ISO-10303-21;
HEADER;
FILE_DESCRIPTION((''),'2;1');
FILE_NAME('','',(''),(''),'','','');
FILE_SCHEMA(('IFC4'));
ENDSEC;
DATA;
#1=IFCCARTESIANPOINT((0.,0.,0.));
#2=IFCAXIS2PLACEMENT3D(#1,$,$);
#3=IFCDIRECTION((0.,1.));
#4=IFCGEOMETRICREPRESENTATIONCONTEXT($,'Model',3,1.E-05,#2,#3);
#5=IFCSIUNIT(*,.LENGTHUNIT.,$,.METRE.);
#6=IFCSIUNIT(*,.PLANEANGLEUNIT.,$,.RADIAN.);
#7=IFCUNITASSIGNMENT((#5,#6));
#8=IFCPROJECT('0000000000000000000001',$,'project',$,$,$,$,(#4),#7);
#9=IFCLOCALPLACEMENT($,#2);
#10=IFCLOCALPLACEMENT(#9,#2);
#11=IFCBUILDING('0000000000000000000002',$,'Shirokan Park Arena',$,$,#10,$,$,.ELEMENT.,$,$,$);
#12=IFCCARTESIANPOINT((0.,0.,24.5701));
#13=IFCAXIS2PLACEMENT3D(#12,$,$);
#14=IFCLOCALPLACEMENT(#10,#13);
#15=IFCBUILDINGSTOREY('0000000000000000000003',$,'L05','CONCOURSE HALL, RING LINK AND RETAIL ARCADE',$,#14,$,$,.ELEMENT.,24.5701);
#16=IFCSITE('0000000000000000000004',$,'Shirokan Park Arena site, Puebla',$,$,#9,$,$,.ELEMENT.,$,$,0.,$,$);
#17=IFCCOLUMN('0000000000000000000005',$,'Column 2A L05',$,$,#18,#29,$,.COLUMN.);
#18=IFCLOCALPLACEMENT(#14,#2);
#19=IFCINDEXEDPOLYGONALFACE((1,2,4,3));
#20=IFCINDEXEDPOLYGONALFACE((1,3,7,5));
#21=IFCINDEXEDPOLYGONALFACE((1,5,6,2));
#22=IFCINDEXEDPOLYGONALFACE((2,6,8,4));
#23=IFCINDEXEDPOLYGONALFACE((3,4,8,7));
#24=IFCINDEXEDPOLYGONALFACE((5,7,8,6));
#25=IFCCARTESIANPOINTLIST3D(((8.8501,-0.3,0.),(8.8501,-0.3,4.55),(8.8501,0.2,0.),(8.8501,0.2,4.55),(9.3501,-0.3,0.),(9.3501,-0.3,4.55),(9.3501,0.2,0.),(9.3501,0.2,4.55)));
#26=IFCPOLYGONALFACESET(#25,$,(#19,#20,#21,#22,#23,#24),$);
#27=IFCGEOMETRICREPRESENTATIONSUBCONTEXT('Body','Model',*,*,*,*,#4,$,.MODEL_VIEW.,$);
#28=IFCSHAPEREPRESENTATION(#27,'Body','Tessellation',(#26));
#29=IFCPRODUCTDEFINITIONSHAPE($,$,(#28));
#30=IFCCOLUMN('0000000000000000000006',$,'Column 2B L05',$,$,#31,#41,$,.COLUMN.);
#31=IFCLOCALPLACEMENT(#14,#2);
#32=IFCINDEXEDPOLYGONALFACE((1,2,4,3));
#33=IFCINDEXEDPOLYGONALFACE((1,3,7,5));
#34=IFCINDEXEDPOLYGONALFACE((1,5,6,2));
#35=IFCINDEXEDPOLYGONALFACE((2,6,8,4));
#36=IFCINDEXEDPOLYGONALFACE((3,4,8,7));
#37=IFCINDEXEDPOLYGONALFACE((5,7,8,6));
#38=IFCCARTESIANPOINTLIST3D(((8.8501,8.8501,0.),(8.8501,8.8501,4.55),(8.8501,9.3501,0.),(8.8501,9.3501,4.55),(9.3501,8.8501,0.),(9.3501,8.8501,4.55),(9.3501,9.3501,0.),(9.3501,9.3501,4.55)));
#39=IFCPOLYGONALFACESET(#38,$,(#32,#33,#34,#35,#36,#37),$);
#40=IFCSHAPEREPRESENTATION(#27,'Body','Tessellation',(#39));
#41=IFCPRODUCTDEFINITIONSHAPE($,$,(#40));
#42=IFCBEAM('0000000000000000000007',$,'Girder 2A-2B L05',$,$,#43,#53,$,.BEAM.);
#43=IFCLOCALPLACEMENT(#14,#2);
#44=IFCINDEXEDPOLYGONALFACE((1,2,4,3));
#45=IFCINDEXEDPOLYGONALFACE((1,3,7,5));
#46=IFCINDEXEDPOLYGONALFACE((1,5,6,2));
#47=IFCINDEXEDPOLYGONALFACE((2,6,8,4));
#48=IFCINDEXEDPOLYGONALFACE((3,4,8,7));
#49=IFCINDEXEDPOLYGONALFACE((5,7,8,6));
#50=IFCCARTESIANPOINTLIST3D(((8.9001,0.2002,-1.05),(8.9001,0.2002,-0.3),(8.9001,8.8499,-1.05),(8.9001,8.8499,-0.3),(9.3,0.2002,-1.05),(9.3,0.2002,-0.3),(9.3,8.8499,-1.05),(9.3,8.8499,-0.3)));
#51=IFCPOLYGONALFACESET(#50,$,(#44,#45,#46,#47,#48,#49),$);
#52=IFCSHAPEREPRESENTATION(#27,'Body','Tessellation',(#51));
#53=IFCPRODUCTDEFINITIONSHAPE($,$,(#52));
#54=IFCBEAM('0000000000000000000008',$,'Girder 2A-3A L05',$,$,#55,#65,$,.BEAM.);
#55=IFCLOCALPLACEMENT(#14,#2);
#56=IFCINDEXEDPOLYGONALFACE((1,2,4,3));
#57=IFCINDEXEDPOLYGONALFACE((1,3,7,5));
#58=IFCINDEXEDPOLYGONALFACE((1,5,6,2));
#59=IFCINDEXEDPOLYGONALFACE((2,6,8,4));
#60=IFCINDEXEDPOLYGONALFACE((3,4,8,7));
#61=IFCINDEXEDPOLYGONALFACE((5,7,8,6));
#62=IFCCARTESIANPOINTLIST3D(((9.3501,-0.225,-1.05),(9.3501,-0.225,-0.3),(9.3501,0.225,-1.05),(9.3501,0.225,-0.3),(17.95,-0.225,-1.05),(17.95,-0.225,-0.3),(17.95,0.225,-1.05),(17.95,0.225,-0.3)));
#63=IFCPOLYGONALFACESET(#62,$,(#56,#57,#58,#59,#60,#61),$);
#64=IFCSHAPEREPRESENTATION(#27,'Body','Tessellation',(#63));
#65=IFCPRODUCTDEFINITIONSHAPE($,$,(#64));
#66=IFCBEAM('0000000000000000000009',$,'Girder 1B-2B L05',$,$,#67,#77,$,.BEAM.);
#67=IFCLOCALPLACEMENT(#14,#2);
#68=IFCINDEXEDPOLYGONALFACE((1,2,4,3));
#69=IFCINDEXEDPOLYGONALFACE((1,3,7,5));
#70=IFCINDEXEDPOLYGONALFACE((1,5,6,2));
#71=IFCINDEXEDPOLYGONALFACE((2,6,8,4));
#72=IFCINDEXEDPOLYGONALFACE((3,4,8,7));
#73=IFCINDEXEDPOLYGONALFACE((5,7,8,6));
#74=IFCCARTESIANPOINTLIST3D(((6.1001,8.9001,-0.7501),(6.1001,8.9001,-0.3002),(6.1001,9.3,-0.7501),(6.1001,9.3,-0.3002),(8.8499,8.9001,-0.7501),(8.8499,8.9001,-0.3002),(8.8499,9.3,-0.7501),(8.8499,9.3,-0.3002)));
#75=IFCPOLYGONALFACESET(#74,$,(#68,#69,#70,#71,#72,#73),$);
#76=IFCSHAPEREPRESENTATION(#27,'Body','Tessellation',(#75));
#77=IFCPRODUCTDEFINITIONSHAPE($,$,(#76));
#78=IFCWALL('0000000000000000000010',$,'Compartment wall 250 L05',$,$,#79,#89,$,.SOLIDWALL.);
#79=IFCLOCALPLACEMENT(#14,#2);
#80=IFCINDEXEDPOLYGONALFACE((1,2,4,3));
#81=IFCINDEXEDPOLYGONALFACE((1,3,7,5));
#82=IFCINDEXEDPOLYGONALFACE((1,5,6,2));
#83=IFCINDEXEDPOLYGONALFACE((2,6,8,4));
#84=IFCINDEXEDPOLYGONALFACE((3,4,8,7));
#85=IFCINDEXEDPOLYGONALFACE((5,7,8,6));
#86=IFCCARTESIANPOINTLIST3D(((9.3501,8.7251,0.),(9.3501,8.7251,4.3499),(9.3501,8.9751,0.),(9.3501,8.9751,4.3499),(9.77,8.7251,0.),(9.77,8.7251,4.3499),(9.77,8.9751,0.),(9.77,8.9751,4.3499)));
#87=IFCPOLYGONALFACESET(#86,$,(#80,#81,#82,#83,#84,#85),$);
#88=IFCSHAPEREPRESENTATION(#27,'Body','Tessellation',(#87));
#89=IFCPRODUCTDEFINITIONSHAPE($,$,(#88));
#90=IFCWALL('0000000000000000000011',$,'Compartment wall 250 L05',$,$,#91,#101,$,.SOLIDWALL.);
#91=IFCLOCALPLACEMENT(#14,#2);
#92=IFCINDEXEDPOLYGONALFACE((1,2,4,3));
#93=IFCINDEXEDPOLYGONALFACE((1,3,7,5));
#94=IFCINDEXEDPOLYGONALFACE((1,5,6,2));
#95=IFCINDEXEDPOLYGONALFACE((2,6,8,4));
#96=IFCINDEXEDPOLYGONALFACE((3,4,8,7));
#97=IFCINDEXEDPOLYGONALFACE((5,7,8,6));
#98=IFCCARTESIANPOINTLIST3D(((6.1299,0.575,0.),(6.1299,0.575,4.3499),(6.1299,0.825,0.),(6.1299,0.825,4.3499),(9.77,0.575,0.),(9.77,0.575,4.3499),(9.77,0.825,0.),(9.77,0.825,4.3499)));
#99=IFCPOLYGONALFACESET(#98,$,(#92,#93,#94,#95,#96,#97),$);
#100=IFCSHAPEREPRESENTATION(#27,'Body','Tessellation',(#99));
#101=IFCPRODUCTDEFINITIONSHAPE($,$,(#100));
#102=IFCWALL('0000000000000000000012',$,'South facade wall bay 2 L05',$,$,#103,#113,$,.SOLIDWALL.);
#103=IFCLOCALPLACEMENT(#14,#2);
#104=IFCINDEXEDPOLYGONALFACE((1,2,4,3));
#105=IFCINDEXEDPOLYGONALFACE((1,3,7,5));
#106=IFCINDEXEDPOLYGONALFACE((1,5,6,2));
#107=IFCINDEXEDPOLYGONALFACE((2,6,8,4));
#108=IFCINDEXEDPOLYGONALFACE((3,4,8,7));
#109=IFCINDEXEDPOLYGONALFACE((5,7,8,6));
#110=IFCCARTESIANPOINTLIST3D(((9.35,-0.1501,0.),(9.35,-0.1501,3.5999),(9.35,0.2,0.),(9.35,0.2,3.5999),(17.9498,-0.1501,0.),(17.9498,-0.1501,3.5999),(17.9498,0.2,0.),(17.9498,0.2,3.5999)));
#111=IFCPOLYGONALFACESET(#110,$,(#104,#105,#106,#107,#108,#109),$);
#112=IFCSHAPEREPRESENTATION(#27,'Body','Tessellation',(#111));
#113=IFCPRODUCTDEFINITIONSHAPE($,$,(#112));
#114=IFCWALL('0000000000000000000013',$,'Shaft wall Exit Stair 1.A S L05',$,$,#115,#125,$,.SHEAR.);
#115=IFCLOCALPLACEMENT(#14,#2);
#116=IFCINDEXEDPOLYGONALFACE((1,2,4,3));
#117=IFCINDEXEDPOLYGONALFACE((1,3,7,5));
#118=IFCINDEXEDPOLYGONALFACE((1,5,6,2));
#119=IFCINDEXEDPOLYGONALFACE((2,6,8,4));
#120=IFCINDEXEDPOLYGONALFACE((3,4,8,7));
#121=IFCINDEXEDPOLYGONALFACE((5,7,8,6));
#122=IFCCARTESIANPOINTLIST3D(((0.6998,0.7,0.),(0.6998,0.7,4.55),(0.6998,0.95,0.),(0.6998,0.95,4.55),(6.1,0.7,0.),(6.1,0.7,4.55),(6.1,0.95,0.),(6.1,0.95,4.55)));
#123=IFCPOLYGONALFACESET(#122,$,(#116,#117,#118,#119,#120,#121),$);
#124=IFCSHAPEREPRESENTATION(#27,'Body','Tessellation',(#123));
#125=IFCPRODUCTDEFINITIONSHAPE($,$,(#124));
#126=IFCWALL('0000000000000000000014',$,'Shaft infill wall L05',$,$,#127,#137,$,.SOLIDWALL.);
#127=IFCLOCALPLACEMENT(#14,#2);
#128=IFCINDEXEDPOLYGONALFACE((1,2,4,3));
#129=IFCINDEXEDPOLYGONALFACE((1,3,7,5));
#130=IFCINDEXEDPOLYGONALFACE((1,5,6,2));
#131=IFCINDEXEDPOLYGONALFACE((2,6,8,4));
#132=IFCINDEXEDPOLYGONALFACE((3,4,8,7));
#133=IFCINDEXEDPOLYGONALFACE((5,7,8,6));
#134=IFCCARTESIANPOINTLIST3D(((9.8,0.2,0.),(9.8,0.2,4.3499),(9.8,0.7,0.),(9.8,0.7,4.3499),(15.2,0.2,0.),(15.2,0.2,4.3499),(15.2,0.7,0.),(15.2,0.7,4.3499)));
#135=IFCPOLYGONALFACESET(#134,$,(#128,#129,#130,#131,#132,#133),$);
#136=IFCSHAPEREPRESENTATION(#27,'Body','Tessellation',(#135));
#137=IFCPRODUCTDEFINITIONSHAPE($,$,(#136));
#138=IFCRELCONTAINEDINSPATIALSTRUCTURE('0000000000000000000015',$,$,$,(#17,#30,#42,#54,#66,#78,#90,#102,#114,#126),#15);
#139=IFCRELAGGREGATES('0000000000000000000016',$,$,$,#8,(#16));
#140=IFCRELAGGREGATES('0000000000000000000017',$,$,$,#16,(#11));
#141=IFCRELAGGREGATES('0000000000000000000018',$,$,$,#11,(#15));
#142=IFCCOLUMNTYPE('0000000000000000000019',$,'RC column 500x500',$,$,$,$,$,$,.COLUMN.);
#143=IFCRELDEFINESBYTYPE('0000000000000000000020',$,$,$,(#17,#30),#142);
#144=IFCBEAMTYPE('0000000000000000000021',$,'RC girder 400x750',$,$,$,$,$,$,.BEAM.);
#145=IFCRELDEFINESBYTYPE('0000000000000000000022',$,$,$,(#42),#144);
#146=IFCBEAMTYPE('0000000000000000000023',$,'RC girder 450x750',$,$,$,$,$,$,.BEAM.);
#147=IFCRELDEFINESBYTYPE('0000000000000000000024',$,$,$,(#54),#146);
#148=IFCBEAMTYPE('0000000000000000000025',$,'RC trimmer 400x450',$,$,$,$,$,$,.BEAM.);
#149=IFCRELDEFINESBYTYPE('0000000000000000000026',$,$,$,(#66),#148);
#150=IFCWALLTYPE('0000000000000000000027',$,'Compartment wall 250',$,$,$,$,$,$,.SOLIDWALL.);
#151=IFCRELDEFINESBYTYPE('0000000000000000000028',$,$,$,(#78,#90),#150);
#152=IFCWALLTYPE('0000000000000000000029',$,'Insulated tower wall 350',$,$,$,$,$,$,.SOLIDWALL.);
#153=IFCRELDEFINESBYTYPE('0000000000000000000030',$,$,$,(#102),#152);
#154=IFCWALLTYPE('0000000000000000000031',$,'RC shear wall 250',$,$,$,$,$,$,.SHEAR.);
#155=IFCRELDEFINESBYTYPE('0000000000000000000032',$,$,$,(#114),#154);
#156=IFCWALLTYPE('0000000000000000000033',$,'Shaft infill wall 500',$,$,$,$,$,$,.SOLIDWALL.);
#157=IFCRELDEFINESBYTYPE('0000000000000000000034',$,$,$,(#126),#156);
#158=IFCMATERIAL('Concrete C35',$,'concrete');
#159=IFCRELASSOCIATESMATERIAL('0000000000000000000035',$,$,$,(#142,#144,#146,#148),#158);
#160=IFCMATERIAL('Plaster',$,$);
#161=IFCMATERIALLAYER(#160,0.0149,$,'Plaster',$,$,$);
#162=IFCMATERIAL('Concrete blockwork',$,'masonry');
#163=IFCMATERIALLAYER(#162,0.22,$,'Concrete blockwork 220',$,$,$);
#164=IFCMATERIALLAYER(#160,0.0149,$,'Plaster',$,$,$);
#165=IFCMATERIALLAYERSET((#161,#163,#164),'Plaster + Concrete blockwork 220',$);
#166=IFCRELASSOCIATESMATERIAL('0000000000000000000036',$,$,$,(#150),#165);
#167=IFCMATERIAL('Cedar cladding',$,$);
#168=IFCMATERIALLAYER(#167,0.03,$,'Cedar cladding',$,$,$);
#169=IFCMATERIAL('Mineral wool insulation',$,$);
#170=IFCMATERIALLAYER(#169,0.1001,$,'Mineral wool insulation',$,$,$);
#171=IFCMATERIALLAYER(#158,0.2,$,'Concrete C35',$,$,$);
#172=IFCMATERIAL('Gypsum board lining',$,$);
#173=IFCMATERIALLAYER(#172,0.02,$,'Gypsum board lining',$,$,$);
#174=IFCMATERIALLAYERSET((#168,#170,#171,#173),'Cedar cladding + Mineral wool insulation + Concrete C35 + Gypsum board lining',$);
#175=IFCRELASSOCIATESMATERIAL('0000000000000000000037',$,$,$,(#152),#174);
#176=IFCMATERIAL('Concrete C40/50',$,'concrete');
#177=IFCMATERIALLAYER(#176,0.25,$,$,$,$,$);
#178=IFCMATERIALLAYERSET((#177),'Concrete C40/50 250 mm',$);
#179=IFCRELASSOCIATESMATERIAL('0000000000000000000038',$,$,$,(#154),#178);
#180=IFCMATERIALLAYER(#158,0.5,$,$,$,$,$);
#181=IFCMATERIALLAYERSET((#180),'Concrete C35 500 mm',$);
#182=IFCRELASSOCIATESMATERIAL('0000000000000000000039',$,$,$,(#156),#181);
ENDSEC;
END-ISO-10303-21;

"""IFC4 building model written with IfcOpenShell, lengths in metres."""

from ifc_helpers import new_model, si_unit, direction, frame, frame_2d, origin, origin_2d, place, context, subcontext, project, spatial, rectangle, extrude, material, layer, layer_set, material_profile, profile_set, type_object, element, save


model = new_model("IFC4")

# Units and contexts
model_context = context("Model", 3, precision=1e-05, world=origin(), true_north=direction((0.0, 1.0)))
body_context = subcontext(model_context, "Body", "Model", "MODEL_VIEW")
ifc_project = project(units=[si_unit("LENGTHUNIT", "METRE"), si_unit("PLANEANGLEUNIT", "RADIAN")], contexts=[model_context])

# Site, building, storey
site_placement = place(None, origin())
site = spatial("IfcSite", under=ifc_project, at=site_placement, Name="Shirokan Park Arena site, Puebla", CompositionType="ELEMENT", RefElevation=0.0)
building_placement = place(site_placement, origin())
building = spatial("IfcBuilding", under=site, at=building_placement, Name="Shirokan Park Arena", CompositionType="ELEMENT")
storey_placement = place(building_placement, frame((0.0, 0.0, 24.5701)))
storey = spatial("IfcBuildingStorey", under=building, at=storey_placement, Name="L05", Description="CONCOURSE HALL, RING LINK AND RETAIL ARCADE", CompositionType="ELEMENT", Elevation=24.5701)

# Columns
ifc_material_1 = material(Name="Concrete C35", Category="concrete")
ifc_material_profile_1 = material_profile(ifc_material_1, rectangle(XDim=0.5, YDim=0.5, at=origin_2d()), Name="500x500")
ifc_profile_set_1 = profile_set([ifc_material_profile_1], Name="Concrete C35")
column_type = type_object("IfcColumnType", Name="RC column 500x500", PredefinedType="COLUMN", material=ifc_profile_set_1)
for number, where, z_axis, x_axis, name in (
    (1, (9.1001, -0.05, 0.0), (0.0, 0.0, 1.0), (1.0, 0.0, 0.0), "Column 2A L05"),
    (2, (9.1001, 9.1001, 0.0), (0.0, 0.0, 1.0), (1.0, 0.0, 0.0), "Column 2B L05"),
):
    element("IfcColumn", number, at=place(storey_placement, frame(where, z_axis=z_axis, x_axis=x_axis)), inside=storey, type_object=column_type, Name=name, PredefinedType="COLUMN", context=body_context, shape_type="SweptSolid", body=[
        extrude(rectangle(XDim=0.5, YDim=0.5, at=origin_2d()), origin(), (0.0, 0.0, 1.0), 4.55),
    ])

# Beams
ifc_material_profile_2 = material_profile(ifc_material_1, rectangle(XDim=0.3999, YDim=0.75, at=origin_2d()), Name="400x750")
ifc_profile_set_2 = profile_set([ifc_material_profile_2], Name="Concrete C35")
beam_type_1 = type_object("IfcBeamType", Name="RC girder 400x750", PredefinedType="BEAM", material=ifc_profile_set_2)
beam_1_placement = place(storey_placement, frame((9.1001, 0.2002, -0.675), z_axis=(0.0, 1.0, 0.0), x_axis=(-1.0, 0.0, 0.0)))
element("IfcBeam", 3, at=beam_1_placement, inside=storey, type_object=beam_type_1, Name="Girder 2A-2B L05", PredefinedType="BEAM", context=body_context, shape_type="SweptSolid", body=[
    extrude(rectangle(XDim=0.3999, YDim=0.75, at=origin_2d()), origin(), (0.0, 0.0, 1.0), 8.6497),
])
ifc_material_profile_3 = material_profile(ifc_material_1, rectangle(XDim=0.45, YDim=0.75, at=origin_2d()), Name="450x750")
ifc_profile_set_3 = profile_set([ifc_material_profile_3], Name="Concrete C35")
beam_type_2 = type_object("IfcBeamType", Name="RC girder 450x750", PredefinedType="BEAM", material=ifc_profile_set_3)
beam_2_placement = place(storey_placement, frame((9.3501, 0.0, -0.675), z_axis=(1.0, 0.0, 0.0), x_axis=(0.0, 1.0, 0.0)))
element("IfcBeam", 4, at=beam_2_placement, inside=storey, type_object=beam_type_2, Name="Girder 2A-3A L05", PredefinedType="BEAM", context=body_context, shape_type="SweptSolid", body=[
    extrude(rectangle(XDim=0.45, YDim=0.75, at=origin_2d()), origin(), (0.0, 0.0, 1.0), 8.5999),
])
ifc_material_profile_4 = material_profile(ifc_material_1, rectangle(XDim=0.3999, YDim=0.45, at=origin_2d()), Name="400x450")
ifc_profile_set_4 = profile_set([ifc_material_profile_4], Name="Concrete C35")
beam_type_3 = type_object("IfcBeamType", Name="RC trimmer 400x450", PredefinedType="BEAM", material=ifc_profile_set_4)
beam_3_placement = place(storey_placement, frame((6.1001, 9.1001, -0.5251), z_axis=(1.0, 0.0, 0.0), x_axis=(0.0, 1.0, 0.0)))
element("IfcBeam", 5, at=beam_3_placement, inside=storey, type_object=beam_type_3, Name="Girder 1B-2B L05", PredefinedType="BEAM", context=body_context, shape_type="SweptSolid", body=[
    extrude(rectangle(XDim=0.3999, YDim=0.45, at=origin_2d()), origin(), (0.0, 0.0, 1.0), 2.7498),
])

# Walls
ifc_material_2 = material(Name="Plaster")
ifc_layer_1 = layer(ifc_material_2, 0.0149, Name="Plaster")
ifc_material_3 = material(Name="Concrete blockwork", Category="masonry")
ifc_layer_2 = layer(ifc_material_3, 0.22, Name="Concrete blockwork 220")
ifc_layer_3 = layer(ifc_material_2, 0.0149, Name="Plaster")
ifc_layer_set_1 = layer_set([ifc_layer_1, ifc_layer_2, ifc_layer_3], Name="Plaster + Concrete blockwork 220")
wall_type_1 = type_object("IfcWallType", Name="Compartment wall 250", PredefinedType="SOLIDWALL", material=ifc_layer_set_1)
wall_1_placement = place(storey_placement, frame((9.3501, 8.8501, 0.0), z_axis=(0.0, 0.0, 1.0), x_axis=(1.0, 0.0, 0.0)))
element("IfcWall", 6, at=wall_1_placement, inside=storey, type_object=wall_type_1, Name="Compartment wall 250 L05", PredefinedType="SOLIDWALL", context=body_context, shape_type="SweptSolid", body=[
    extrude(rectangle(XDim=0.4199, YDim=0.25, at=frame_2d((0.21, 0.0))), origin(), (0.0, 0.0, 1.0), 4.3499),
])
wall_2_placement = place(storey_placement, frame((9.77, 0.7, 0.0), z_axis=(0.0, 0.0, 1.0), x_axis=(-1.0, 0.0, 0.0)))
element("IfcWall", 7, at=wall_2_placement, inside=storey, type_object=wall_type_1, Name="Compartment wall 250 L05", PredefinedType="SOLIDWALL", context=body_context, shape_type="SweptSolid", body=[
    extrude(rectangle(XDim=3.6401, YDim=0.25, at=frame_2d((1.8201, 0.0))), origin(), (0.0, 0.0, 1.0), 4.3499),
])
ifc_material_4 = material(Name="Cedar cladding")
ifc_layer_4 = layer(ifc_material_4, 0.03, Name="Cedar cladding")
ifc_material_5 = material(Name="Mineral wool insulation")
ifc_layer_5 = layer(ifc_material_5, 0.1001, Name="Mineral wool insulation")
ifc_layer_6 = layer(ifc_material_1, 0.2, Name="Concrete C35")
ifc_material_6 = material(Name="Gypsum board lining")
ifc_layer_7 = layer(ifc_material_6, 0.02, Name="Gypsum board lining")
ifc_layer_set_2 = layer_set([ifc_layer_4, ifc_layer_5, ifc_layer_6, ifc_layer_7], Name="Cedar cladding + Mineral wool insulation + Concrete C35 + Gypsum board lining")
wall_type_2 = type_object("IfcWallType", Name="Insulated tower wall 350", PredefinedType="SOLIDWALL", material=ifc_layer_set_2)
wall_3_placement = place(storey_placement, frame((9.3501, 0.0249, 0.0), z_axis=(0.0, 0.0, 1.0), x_axis=(1.0, 0.0, 0.0)))
element("IfcWall", 8, at=wall_3_placement, inside=storey, type_object=wall_type_2, Name="South facade wall bay 2 L05", PredefinedType="SOLIDWALL", context=body_context, shape_type="SweptSolid", body=[
    extrude(rectangle(XDim=8.5999, YDim=0.3501, at=frame_2d((4.2998, 0.0))), origin(), (0.0, 0.0, 1.0), 3.5999),
])
ifc_material_7 = material(Name="Concrete C40/50", Category="concrete")
ifc_layer_8 = layer(ifc_material_7, 0.25)
ifc_layer_set_3 = layer_set([ifc_layer_8], Name="Concrete C40/50 250 mm")
wall_type_3 = type_object("IfcWallType", Name="RC shear wall 250", PredefinedType="SHEAR", material=ifc_layer_set_3)
wall_4_placement = place(storey_placement, frame((6.1001, 0.825, 0.0), z_axis=(0.0, 0.0, 1.0), x_axis=(-1.0, 0.0, 0.0)))
element("IfcWall", 9, at=wall_4_placement, inside=storey, type_object=wall_type_3, Name="Shaft wall Exit Stair 1.A S L05", PredefinedType="SHEAR", context=body_context, shape_type="SweptSolid", body=[
    extrude(rectangle(XDim=5.4001, YDim=0.25, at=frame_2d((2.7002, 0.0))), origin(), (0.0, 0.0, 1.0), 4.55),
])
ifc_layer_9 = layer(ifc_material_1, 0.5)
ifc_layer_set_4 = layer_set([ifc_layer_9], Name="Concrete C35 500 mm")
wall_type_4 = type_object("IfcWallType", Name="Shaft infill wall 500", PredefinedType="SOLIDWALL", material=ifc_layer_set_4)
wall_5_placement = place(storey_placement, frame((9.8, 0.45, 0.0), z_axis=(0.0, 0.0, 1.0), x_axis=(1.0, 0.0, 0.0)))
element("IfcWall", 10, at=wall_5_placement, inside=storey, type_object=wall_type_4, Name="Shaft infill wall L05", PredefinedType="SOLIDWALL", context=body_context, shape_type="SweptSolid", body=[
    extrude(rectangle(XDim=5.3999, YDim=0.5, at=frame_2d((2.7, 0.0))), origin(), (0.0, 0.0, 1.0), 4.3499),
])

save(model, "model.ifc")
